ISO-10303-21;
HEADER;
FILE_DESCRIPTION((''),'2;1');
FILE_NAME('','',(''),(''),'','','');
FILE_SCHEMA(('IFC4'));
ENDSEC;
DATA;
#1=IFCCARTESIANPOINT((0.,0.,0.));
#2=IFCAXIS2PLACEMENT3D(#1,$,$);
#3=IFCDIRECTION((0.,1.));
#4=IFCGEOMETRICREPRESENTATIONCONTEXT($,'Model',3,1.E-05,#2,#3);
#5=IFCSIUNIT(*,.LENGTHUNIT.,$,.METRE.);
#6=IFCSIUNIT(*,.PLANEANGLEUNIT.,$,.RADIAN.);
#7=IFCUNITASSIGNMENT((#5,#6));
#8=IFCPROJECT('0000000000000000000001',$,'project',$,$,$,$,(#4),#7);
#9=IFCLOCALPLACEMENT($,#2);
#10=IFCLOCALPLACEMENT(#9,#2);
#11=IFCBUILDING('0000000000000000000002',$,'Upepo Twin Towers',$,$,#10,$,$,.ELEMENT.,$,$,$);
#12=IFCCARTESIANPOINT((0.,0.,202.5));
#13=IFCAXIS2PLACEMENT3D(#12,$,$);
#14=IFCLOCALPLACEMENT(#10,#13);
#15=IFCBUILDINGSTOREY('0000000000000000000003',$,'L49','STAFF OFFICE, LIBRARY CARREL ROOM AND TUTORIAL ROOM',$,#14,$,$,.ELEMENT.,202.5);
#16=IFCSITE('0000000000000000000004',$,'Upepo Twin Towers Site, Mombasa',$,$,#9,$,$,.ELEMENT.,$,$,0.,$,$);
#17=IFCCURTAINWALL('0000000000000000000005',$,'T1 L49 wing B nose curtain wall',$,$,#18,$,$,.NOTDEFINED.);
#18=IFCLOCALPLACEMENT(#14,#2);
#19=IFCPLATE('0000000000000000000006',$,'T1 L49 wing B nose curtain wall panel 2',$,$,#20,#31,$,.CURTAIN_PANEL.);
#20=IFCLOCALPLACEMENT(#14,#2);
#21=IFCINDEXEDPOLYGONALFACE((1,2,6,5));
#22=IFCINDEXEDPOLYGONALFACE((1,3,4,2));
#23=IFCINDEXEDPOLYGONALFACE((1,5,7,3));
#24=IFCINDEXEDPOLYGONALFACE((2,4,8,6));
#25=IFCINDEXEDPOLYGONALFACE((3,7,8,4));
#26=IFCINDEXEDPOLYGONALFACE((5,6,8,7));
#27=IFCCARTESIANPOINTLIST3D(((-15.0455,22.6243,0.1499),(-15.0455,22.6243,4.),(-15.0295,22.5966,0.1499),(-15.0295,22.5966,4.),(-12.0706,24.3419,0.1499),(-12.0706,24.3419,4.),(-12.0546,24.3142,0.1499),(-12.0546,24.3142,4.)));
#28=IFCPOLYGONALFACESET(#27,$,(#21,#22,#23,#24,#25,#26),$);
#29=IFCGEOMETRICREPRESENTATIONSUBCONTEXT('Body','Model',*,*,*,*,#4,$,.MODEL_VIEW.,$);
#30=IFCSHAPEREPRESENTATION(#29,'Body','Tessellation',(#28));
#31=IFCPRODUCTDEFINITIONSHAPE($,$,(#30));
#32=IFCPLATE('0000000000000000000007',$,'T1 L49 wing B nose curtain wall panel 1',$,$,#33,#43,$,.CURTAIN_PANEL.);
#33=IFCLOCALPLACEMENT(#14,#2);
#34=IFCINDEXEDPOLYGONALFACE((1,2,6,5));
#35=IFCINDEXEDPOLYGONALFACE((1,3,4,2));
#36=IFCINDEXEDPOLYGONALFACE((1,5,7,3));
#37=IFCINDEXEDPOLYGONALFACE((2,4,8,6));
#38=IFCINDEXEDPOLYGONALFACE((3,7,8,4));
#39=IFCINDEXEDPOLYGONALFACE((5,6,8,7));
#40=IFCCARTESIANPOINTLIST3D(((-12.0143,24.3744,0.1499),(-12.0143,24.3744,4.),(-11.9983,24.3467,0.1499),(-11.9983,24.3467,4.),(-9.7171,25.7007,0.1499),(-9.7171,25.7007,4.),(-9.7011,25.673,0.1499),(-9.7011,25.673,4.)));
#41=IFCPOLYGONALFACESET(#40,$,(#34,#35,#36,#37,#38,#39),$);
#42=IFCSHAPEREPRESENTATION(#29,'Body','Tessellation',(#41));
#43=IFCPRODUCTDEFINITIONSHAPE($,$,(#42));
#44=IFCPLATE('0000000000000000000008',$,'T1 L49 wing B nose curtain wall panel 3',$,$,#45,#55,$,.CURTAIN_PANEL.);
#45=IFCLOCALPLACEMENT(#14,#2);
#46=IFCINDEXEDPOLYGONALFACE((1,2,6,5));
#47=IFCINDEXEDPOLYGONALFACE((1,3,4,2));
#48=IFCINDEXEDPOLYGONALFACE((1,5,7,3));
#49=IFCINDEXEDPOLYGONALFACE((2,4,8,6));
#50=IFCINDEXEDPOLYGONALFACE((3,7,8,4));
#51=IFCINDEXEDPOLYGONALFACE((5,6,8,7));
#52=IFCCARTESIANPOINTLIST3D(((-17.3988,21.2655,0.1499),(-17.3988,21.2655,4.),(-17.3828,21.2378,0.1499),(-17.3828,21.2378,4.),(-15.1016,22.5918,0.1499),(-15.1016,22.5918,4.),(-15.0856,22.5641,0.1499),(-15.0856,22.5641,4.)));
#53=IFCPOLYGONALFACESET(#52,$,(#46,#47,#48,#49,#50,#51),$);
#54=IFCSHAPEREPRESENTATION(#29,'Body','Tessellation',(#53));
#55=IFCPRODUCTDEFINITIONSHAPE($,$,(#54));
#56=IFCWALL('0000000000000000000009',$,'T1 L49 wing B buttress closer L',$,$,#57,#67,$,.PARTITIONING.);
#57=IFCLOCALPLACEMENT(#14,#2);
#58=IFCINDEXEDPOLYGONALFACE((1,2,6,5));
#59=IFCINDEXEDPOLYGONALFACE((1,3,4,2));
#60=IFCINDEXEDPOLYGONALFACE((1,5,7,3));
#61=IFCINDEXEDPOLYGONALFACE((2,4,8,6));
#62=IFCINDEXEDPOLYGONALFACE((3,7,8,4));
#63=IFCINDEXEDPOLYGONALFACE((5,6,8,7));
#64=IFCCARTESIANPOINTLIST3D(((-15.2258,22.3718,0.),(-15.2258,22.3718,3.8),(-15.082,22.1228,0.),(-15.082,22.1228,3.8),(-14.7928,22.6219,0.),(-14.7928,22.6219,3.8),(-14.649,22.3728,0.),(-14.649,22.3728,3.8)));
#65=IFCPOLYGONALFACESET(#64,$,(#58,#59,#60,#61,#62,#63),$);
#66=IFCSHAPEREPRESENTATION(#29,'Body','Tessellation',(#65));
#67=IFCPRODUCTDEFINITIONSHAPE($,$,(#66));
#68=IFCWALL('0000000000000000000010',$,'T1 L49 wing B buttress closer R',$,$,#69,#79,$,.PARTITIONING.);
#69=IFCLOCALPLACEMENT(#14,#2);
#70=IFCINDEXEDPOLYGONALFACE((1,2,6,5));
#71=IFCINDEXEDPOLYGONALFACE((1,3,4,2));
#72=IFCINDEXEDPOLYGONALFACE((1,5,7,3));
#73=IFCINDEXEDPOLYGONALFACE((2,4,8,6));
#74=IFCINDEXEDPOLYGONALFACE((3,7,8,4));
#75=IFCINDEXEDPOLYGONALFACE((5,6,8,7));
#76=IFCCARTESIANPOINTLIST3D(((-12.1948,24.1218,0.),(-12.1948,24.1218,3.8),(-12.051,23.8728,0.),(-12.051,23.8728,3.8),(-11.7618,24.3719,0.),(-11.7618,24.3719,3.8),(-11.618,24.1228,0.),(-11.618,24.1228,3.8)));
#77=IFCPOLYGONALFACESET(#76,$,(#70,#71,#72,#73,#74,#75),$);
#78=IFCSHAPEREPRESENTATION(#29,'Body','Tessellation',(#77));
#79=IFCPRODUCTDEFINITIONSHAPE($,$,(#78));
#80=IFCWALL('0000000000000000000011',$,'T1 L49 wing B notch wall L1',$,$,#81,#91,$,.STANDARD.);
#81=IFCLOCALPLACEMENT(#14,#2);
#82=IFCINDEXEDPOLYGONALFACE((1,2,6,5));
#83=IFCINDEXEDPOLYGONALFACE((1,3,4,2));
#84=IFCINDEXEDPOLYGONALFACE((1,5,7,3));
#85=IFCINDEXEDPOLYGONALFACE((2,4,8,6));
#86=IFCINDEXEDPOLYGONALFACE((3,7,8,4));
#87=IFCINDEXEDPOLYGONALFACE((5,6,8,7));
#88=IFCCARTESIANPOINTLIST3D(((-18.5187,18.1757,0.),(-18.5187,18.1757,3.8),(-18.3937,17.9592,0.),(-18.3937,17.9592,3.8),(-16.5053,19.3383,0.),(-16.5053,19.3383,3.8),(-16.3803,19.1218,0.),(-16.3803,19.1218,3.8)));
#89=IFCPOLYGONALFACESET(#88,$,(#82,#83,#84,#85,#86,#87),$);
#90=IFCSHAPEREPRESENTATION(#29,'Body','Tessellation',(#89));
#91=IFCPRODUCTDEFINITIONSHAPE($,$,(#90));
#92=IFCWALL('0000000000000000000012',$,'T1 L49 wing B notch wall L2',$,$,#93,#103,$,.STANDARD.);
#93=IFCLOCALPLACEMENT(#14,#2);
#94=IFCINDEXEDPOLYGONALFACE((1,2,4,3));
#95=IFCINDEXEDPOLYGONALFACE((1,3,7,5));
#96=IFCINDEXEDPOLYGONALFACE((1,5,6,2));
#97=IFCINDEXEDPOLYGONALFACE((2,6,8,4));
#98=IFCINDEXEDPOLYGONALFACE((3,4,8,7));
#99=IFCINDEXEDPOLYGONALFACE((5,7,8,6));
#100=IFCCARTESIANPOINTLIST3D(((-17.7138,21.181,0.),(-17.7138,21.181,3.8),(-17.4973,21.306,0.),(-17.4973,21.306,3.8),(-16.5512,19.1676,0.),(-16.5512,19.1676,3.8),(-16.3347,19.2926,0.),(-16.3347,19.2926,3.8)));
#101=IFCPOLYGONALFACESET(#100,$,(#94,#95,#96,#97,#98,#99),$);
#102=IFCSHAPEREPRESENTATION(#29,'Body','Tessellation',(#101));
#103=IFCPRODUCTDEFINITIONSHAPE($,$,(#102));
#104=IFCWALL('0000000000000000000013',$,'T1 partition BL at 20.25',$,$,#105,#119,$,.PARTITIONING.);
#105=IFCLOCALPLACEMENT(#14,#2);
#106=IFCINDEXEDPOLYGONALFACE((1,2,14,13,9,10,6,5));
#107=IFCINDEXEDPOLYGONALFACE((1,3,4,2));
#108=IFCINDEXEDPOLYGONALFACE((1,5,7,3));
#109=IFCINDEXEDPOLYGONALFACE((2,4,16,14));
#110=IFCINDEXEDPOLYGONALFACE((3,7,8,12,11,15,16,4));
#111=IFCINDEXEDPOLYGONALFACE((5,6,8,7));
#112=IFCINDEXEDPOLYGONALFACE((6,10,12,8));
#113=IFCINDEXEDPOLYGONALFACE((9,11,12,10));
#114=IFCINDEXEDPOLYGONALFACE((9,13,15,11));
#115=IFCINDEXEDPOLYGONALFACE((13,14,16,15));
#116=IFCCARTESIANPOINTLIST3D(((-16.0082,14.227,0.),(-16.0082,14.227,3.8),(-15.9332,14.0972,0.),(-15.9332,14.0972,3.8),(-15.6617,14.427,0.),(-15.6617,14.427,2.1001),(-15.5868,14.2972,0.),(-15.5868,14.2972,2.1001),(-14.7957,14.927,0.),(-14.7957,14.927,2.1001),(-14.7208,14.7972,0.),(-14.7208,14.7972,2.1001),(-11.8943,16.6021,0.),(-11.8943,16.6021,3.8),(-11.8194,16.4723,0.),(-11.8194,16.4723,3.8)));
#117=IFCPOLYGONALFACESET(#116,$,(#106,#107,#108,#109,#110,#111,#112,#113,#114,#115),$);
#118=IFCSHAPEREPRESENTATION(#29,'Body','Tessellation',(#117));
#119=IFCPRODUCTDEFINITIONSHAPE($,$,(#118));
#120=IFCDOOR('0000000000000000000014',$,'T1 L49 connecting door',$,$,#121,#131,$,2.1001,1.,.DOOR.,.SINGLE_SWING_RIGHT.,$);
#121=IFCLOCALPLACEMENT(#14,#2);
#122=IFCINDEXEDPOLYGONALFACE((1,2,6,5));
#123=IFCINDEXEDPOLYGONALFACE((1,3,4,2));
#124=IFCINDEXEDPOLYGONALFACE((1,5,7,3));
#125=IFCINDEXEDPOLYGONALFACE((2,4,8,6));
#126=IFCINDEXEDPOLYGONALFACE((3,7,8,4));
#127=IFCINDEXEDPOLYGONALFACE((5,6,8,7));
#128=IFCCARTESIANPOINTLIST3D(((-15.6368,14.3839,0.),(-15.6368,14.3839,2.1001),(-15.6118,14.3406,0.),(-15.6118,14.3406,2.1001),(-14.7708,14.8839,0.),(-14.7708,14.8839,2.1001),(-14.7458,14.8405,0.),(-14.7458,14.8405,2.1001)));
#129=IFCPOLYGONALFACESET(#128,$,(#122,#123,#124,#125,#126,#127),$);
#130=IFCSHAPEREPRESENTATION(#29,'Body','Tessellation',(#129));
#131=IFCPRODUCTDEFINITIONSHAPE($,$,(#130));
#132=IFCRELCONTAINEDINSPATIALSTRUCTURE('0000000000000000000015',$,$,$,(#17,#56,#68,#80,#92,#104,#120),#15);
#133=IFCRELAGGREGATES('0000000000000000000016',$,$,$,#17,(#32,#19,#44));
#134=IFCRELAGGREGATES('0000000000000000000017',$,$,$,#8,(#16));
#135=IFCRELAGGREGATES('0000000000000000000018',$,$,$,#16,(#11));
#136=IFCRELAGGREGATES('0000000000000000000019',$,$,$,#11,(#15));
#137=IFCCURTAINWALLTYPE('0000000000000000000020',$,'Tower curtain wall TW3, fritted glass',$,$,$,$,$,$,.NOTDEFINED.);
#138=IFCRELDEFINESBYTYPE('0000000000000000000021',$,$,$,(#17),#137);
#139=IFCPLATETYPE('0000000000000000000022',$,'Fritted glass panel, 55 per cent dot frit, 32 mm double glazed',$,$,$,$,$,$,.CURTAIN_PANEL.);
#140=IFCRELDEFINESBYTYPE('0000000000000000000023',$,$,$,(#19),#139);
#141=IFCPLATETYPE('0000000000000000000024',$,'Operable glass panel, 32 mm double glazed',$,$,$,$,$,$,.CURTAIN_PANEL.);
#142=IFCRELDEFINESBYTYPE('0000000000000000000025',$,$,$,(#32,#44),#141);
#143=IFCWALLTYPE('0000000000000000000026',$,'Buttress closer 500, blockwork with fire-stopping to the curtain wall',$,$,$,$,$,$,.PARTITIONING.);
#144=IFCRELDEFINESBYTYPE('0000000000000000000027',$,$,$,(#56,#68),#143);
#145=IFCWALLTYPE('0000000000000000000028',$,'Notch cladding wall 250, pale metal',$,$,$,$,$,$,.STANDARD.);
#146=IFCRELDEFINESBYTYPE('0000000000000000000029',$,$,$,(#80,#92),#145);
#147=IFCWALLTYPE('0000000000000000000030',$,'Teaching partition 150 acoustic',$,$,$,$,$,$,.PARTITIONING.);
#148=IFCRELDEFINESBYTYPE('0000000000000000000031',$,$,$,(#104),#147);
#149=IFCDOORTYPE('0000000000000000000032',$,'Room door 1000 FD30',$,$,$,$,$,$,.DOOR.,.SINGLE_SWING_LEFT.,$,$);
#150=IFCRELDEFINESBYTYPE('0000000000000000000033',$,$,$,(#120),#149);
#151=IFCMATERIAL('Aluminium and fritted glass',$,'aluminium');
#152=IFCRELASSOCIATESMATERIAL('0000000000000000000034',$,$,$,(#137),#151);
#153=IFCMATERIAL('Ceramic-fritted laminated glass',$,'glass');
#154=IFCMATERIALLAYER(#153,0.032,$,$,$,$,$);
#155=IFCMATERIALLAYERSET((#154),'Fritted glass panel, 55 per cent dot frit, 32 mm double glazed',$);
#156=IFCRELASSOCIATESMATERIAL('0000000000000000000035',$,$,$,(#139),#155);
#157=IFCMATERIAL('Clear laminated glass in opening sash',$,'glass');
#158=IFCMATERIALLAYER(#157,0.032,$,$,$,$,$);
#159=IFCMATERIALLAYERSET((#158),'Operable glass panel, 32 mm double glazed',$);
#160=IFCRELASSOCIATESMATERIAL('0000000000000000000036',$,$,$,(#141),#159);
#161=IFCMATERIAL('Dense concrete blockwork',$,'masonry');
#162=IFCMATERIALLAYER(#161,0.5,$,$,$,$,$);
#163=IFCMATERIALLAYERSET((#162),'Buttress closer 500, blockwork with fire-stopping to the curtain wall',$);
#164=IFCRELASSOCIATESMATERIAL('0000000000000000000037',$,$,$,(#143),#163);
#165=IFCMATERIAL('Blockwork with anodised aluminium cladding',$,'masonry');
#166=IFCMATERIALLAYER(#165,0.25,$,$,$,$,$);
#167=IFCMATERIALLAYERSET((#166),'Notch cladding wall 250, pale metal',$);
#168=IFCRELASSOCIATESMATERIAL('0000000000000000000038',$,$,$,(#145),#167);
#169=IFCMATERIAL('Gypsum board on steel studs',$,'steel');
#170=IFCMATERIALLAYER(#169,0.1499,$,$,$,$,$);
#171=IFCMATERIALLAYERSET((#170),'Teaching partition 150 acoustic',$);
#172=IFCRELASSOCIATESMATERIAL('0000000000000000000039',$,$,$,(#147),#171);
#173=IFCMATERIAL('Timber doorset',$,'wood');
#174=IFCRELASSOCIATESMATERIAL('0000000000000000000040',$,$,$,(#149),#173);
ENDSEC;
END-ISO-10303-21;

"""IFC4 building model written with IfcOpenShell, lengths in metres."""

from ifc_helpers import new_model, si_unit, direction, frame, frame_2d, origin, origin_2d, place, context, subcontext, project, spatial, rectangle, extrude, material, layer, layer_set, type_object, element, fill, aggregate, save


model = new_model("IFC4")

# Units and contexts
model_context = context("Model", 3, precision=1e-05, world=origin(), true_north=direction((0.0, 1.0)))
body_context = subcontext(model_context, "Body", "Model", "MODEL_VIEW")
ifc_project = project(units=[si_unit("LENGTHUNIT", "METRE"), si_unit("PLANEANGLEUNIT", "RADIAN")], contexts=[model_context])

# Site, building, storey
site_placement = place(None, origin())
site = spatial("IfcSite", under=ifc_project, at=site_placement, Name="Upepo Twin Towers Site, Mombasa", CompositionType="ELEMENT", RefElevation=0.0)
building_placement = place(site_placement, origin())
building = spatial("IfcBuilding", under=site, at=building_placement, Name="Upepo Twin Towers", CompositionType="ELEMENT")
storey_placement = place(building_placement, frame((0.0, 0.0, 202.5)))
storey = spatial("IfcBuildingStorey", under=building, at=storey_placement, Name="L49", Description="STAFF OFFICE, LIBRARY CARREL ROOM AND TUTORIAL ROOM", CompositionType="ELEMENT", Elevation=202.5)

# Curtain wall
ifc_material_1 = material(Name="Aluminium and fritted glass", Category="aluminium")
curtain_wall_type = type_object("IfcCurtainWallType", Name="Tower curtain wall TW3, fritted glass", PredefinedType="NOTDEFINED", material=ifc_material_1)
curtain_wall_1_placement = place(storey_placement, origin())
curtain_wall_1 = element("IfcCurtainWall", 1, at=curtain_wall_1_placement, inside=storey, type_object=curtain_wall_type, Name="T1 L49 wing B nose curtain wall", PredefinedType="NOTDEFINED")

# Plates
ifc_material_2 = material(Name="Ceramic-fritted laminated glass", Category="glass")
ifc_layer_1 = layer(ifc_material_2, 0.032)
ifc_layer_set_1 = layer_set([ifc_layer_1], Name="Fritted glass panel, 55 per cent dot frit, 32 mm double glazed")
plate_type_1 = type_object("IfcPlateType", Name="Fritted glass panel, 55 per cent dot frit, 32 mm double glazed", PredefinedType="CURTAIN_PANEL", material=ifc_layer_set_1)
plate_1_placement = place(storey_placement, frame((-13.55, 23.4692, 0.1499), z_axis=(0.0, 0.0, 1.0), x_axis=(-0.866025, -0.5, 0.0)))
plate_1 = element("IfcPlate", 2, at=plate_1_placement, type_object=plate_type_1, Name="T1 L49 wing B nose curtain wall panel 2", PredefinedType="CURTAIN_PANEL", context=body_context, shape_type="SweptSolid", body=[
    extrude(rectangle(XDim=3.4351, YDim=0.032, at=origin_2d()), origin(), (0.0, 0.0, 1.0), 3.8501),
])
ifc_material_3 = material(Name="Clear laminated glass in opening sash", Category="glass")
ifc_layer_2 = layer(ifc_material_3, 0.032)
ifc_layer_set_2 = layer_set([ifc_layer_2], Name="Operable glass panel, 32 mm double glazed")
plate_type_2 = type_object("IfcPlateType", Name="Operable glass panel, 32 mm double glazed", PredefinedType="CURTAIN_PANEL", material=ifc_layer_set_2)
plate_2_placement = place(storey_placement, frame((-10.8577, 25.0237, 0.1499), z_axis=(0.0, 0.0, 1.0), x_axis=(-0.866025, -0.5, 0.0)))
plate_2 = element("IfcPlate", 3, at=plate_2_placement, type_object=plate_type_2, Name="T1 L49 wing B nose curtain wall panel 1", PredefinedType="CURTAIN_PANEL", context=body_context, shape_type="SweptSolid", body=[
    extrude(rectangle(XDim=2.6526, YDim=0.032, at=origin_2d()), origin(), (0.0, 0.0, 1.0), 3.8501),
])
plate_3_placement = place(storey_placement, frame((-16.2422, 21.9148, 0.1499), z_axis=(0.0, 0.0, 1.0), x_axis=(-0.866025, -0.5, 0.0)))
plate_3 = element("IfcPlate", 4, at=plate_3_placement, type_object=plate_type_2, Name="T1 L49 wing B nose curtain wall panel 3", PredefinedType="CURTAIN_PANEL", context=body_context, shape_type="SweptSolid", body=[
    extrude(rectangle(XDim=2.6526, YDim=0.032, at=origin_2d()), origin(), (0.0, 0.0, 1.0), 3.8501),
])
aggregate(curtain_wall_1, [plate_2, plate_1, plate_3])

# Walls
ifc_material_4 = material(Name="Dense concrete blockwork", Category="masonry")
ifc_layer_3 = layer(ifc_material_4, 0.5)
ifc_layer_set_3 = layer_set([ifc_layer_3], Name="Buttress closer 500, blockwork with fire-stopping to the curtain wall")
wall_type_1 = type_object("IfcWallType", Name="Buttress closer 500, blockwork with fire-stopping to the curtain wall", PredefinedType="PARTITIONING", material=ifc_layer_set_3)
for number, where, z_axis, x_axis, name in (
    (5, (-14.8655, 22.2478, 0.0), (0.0, 0.0, 1.0), (-0.500065, 0.865988, 0.0), "T1 L49 wing B buttress closer L"),
    (6, (-11.8345, 23.9978, 0.0), (0.0, 0.0, 1.0), (-0.500065, 0.865988, 0.0), "T1 L49 wing B buttress closer R"),
):
    element("IfcWall", number, at=place(storey_placement, frame(where, z_axis=z_axis, x_axis=x_axis)), inside=storey, type_object=wall_type_1, Name=name, PredefinedType="PARTITIONING", context=body_context, shape_type="SweptSolid", body=[
        extrude(rectangle(XDim=0.2876, YDim=0.5, at=frame_2d((0.1438, 0.0))), origin(), (0.0, 0.0, 1.0), 3.8),
    ])
ifc_material_5 = material(Name="Blockwork with anodised aluminium cladding", Category="masonry")
ifc_layer_4 = layer(ifc_material_5, 0.25)
ifc_layer_set_4 = layer_set([ifc_layer_4], Name="Notch cladding wall 250, pale metal")
wall_type_2 = type_object("IfcWallType", Name="Notch cladding wall 250, pale metal", PredefinedType="STANDARD", material=ifc_layer_set_4)
for number, where, z_axis, x_axis, name in (
    (7, (-18.4563, 18.0674, 0.0), (0.0, 0.0, 1.0), (0.865998, 0.500047, 0.0), "T1 L49 wing B notch wall L1"),
    (8, (-16.4429, 19.23, 0.0), (0.0, 0.0, 1.0), (-0.500047, 0.865998, 0.0), "T1 L49 wing B notch wall L2"),
):
    element("IfcWall", number, at=place(storey_placement, frame(where, z_axis=z_axis, x_axis=x_axis)), inside=storey, type_object=wall_type_2, Name=name, PredefinedType="STANDARD", context=body_context, shape_type="SweptSolid", body=[
        extrude(rectangle(XDim=2.325, YDim=0.25, at=frame_2d((1.1626, 0.0))), origin(), (0.0, 0.0, 1.0), 3.8),
    ])

# Wall, opening, door
ifc_material_6 = material(Name="Gypsum board on steel studs", Category="steel")
ifc_layer_5 = layer(ifc_material_6, 0.1499)
ifc_layer_set_5 = layer_set([ifc_layer_5], Name="Teaching partition 150 acoustic")
wall_type_3 = type_object("IfcWallType", Name="Teaching partition 150 acoustic", PredefinedType="PARTITIONING", material=ifc_layer_set_5)
wall_placement = place(storey_placement, frame((-11.8569, 16.5371, 0.0), z_axis=(0.0, 0.0, 1.0), x_axis=(-0.866033, -0.499986, 0.0)))
wall = element("IfcWall", 9, at=wall_placement, inside=storey, type_object=wall_type_3, Name="T1 partition BL at 20.25", PredefinedType="PARTITIONING", context=body_context, shape_type="SweptSolid", body=[
    extrude(rectangle(XDim=4.7502, YDim=0.1499, at=frame_2d((2.375, 0.0))), origin(), (0.0, 0.0, 1.0), 3.8),
])
opening_placement = place(wall_placement, frame((3.3501, 0.0, 0.0)))
opening = element("IfcOpeningElement", 10, at=opening_placement, cuts=wall, PredefinedType="OPENING", context=body_context, shape_type="SweptSolid", body=[
    extrude(rectangle(XDim=1.0, YDim=2.1001, at=frame_2d((0.5, 1.05))), frame((0.0, 0.085, 0.0), z_axis=(0.0, -1.0, 0.0), x_axis=(1.0, 0.0, 0.0)), (0.0, 0.0, 1.0), 0.1699),
])
ifc_material_7 = material(Name="Timber doorset", Category="wood")
door_type = type_object("IfcDoorType", Name="Room door 1000 FD30", OperationType="SINGLE_SWING_LEFT", PredefinedType="DOOR", material=ifc_material_7)
door_placement = place(opening_placement, origin())
door = element("IfcDoor", 11, at=door_placement, inside=storey, type_object=door_type, Name="T1 L49 connecting door", OperationType="SINGLE_SWING_RIGHT", OverallHeight=2.1001, OverallWidth=1.0, PredefinedType="DOOR", context=body_context, shape_type="SweptSolid", body=[
    extrude(rectangle(XDim=1.0, YDim=2.1001, at=frame_2d((0.5, 1.05))), frame((0.0, 0.0249, 0.0), z_axis=(0.0, -1.0, 0.0), x_axis=(1.0, 0.0, 0.0)), (0.0, 0.0, 1.0), 0.05),
])
fill(opening, door)

save(model, "model.ifc")
